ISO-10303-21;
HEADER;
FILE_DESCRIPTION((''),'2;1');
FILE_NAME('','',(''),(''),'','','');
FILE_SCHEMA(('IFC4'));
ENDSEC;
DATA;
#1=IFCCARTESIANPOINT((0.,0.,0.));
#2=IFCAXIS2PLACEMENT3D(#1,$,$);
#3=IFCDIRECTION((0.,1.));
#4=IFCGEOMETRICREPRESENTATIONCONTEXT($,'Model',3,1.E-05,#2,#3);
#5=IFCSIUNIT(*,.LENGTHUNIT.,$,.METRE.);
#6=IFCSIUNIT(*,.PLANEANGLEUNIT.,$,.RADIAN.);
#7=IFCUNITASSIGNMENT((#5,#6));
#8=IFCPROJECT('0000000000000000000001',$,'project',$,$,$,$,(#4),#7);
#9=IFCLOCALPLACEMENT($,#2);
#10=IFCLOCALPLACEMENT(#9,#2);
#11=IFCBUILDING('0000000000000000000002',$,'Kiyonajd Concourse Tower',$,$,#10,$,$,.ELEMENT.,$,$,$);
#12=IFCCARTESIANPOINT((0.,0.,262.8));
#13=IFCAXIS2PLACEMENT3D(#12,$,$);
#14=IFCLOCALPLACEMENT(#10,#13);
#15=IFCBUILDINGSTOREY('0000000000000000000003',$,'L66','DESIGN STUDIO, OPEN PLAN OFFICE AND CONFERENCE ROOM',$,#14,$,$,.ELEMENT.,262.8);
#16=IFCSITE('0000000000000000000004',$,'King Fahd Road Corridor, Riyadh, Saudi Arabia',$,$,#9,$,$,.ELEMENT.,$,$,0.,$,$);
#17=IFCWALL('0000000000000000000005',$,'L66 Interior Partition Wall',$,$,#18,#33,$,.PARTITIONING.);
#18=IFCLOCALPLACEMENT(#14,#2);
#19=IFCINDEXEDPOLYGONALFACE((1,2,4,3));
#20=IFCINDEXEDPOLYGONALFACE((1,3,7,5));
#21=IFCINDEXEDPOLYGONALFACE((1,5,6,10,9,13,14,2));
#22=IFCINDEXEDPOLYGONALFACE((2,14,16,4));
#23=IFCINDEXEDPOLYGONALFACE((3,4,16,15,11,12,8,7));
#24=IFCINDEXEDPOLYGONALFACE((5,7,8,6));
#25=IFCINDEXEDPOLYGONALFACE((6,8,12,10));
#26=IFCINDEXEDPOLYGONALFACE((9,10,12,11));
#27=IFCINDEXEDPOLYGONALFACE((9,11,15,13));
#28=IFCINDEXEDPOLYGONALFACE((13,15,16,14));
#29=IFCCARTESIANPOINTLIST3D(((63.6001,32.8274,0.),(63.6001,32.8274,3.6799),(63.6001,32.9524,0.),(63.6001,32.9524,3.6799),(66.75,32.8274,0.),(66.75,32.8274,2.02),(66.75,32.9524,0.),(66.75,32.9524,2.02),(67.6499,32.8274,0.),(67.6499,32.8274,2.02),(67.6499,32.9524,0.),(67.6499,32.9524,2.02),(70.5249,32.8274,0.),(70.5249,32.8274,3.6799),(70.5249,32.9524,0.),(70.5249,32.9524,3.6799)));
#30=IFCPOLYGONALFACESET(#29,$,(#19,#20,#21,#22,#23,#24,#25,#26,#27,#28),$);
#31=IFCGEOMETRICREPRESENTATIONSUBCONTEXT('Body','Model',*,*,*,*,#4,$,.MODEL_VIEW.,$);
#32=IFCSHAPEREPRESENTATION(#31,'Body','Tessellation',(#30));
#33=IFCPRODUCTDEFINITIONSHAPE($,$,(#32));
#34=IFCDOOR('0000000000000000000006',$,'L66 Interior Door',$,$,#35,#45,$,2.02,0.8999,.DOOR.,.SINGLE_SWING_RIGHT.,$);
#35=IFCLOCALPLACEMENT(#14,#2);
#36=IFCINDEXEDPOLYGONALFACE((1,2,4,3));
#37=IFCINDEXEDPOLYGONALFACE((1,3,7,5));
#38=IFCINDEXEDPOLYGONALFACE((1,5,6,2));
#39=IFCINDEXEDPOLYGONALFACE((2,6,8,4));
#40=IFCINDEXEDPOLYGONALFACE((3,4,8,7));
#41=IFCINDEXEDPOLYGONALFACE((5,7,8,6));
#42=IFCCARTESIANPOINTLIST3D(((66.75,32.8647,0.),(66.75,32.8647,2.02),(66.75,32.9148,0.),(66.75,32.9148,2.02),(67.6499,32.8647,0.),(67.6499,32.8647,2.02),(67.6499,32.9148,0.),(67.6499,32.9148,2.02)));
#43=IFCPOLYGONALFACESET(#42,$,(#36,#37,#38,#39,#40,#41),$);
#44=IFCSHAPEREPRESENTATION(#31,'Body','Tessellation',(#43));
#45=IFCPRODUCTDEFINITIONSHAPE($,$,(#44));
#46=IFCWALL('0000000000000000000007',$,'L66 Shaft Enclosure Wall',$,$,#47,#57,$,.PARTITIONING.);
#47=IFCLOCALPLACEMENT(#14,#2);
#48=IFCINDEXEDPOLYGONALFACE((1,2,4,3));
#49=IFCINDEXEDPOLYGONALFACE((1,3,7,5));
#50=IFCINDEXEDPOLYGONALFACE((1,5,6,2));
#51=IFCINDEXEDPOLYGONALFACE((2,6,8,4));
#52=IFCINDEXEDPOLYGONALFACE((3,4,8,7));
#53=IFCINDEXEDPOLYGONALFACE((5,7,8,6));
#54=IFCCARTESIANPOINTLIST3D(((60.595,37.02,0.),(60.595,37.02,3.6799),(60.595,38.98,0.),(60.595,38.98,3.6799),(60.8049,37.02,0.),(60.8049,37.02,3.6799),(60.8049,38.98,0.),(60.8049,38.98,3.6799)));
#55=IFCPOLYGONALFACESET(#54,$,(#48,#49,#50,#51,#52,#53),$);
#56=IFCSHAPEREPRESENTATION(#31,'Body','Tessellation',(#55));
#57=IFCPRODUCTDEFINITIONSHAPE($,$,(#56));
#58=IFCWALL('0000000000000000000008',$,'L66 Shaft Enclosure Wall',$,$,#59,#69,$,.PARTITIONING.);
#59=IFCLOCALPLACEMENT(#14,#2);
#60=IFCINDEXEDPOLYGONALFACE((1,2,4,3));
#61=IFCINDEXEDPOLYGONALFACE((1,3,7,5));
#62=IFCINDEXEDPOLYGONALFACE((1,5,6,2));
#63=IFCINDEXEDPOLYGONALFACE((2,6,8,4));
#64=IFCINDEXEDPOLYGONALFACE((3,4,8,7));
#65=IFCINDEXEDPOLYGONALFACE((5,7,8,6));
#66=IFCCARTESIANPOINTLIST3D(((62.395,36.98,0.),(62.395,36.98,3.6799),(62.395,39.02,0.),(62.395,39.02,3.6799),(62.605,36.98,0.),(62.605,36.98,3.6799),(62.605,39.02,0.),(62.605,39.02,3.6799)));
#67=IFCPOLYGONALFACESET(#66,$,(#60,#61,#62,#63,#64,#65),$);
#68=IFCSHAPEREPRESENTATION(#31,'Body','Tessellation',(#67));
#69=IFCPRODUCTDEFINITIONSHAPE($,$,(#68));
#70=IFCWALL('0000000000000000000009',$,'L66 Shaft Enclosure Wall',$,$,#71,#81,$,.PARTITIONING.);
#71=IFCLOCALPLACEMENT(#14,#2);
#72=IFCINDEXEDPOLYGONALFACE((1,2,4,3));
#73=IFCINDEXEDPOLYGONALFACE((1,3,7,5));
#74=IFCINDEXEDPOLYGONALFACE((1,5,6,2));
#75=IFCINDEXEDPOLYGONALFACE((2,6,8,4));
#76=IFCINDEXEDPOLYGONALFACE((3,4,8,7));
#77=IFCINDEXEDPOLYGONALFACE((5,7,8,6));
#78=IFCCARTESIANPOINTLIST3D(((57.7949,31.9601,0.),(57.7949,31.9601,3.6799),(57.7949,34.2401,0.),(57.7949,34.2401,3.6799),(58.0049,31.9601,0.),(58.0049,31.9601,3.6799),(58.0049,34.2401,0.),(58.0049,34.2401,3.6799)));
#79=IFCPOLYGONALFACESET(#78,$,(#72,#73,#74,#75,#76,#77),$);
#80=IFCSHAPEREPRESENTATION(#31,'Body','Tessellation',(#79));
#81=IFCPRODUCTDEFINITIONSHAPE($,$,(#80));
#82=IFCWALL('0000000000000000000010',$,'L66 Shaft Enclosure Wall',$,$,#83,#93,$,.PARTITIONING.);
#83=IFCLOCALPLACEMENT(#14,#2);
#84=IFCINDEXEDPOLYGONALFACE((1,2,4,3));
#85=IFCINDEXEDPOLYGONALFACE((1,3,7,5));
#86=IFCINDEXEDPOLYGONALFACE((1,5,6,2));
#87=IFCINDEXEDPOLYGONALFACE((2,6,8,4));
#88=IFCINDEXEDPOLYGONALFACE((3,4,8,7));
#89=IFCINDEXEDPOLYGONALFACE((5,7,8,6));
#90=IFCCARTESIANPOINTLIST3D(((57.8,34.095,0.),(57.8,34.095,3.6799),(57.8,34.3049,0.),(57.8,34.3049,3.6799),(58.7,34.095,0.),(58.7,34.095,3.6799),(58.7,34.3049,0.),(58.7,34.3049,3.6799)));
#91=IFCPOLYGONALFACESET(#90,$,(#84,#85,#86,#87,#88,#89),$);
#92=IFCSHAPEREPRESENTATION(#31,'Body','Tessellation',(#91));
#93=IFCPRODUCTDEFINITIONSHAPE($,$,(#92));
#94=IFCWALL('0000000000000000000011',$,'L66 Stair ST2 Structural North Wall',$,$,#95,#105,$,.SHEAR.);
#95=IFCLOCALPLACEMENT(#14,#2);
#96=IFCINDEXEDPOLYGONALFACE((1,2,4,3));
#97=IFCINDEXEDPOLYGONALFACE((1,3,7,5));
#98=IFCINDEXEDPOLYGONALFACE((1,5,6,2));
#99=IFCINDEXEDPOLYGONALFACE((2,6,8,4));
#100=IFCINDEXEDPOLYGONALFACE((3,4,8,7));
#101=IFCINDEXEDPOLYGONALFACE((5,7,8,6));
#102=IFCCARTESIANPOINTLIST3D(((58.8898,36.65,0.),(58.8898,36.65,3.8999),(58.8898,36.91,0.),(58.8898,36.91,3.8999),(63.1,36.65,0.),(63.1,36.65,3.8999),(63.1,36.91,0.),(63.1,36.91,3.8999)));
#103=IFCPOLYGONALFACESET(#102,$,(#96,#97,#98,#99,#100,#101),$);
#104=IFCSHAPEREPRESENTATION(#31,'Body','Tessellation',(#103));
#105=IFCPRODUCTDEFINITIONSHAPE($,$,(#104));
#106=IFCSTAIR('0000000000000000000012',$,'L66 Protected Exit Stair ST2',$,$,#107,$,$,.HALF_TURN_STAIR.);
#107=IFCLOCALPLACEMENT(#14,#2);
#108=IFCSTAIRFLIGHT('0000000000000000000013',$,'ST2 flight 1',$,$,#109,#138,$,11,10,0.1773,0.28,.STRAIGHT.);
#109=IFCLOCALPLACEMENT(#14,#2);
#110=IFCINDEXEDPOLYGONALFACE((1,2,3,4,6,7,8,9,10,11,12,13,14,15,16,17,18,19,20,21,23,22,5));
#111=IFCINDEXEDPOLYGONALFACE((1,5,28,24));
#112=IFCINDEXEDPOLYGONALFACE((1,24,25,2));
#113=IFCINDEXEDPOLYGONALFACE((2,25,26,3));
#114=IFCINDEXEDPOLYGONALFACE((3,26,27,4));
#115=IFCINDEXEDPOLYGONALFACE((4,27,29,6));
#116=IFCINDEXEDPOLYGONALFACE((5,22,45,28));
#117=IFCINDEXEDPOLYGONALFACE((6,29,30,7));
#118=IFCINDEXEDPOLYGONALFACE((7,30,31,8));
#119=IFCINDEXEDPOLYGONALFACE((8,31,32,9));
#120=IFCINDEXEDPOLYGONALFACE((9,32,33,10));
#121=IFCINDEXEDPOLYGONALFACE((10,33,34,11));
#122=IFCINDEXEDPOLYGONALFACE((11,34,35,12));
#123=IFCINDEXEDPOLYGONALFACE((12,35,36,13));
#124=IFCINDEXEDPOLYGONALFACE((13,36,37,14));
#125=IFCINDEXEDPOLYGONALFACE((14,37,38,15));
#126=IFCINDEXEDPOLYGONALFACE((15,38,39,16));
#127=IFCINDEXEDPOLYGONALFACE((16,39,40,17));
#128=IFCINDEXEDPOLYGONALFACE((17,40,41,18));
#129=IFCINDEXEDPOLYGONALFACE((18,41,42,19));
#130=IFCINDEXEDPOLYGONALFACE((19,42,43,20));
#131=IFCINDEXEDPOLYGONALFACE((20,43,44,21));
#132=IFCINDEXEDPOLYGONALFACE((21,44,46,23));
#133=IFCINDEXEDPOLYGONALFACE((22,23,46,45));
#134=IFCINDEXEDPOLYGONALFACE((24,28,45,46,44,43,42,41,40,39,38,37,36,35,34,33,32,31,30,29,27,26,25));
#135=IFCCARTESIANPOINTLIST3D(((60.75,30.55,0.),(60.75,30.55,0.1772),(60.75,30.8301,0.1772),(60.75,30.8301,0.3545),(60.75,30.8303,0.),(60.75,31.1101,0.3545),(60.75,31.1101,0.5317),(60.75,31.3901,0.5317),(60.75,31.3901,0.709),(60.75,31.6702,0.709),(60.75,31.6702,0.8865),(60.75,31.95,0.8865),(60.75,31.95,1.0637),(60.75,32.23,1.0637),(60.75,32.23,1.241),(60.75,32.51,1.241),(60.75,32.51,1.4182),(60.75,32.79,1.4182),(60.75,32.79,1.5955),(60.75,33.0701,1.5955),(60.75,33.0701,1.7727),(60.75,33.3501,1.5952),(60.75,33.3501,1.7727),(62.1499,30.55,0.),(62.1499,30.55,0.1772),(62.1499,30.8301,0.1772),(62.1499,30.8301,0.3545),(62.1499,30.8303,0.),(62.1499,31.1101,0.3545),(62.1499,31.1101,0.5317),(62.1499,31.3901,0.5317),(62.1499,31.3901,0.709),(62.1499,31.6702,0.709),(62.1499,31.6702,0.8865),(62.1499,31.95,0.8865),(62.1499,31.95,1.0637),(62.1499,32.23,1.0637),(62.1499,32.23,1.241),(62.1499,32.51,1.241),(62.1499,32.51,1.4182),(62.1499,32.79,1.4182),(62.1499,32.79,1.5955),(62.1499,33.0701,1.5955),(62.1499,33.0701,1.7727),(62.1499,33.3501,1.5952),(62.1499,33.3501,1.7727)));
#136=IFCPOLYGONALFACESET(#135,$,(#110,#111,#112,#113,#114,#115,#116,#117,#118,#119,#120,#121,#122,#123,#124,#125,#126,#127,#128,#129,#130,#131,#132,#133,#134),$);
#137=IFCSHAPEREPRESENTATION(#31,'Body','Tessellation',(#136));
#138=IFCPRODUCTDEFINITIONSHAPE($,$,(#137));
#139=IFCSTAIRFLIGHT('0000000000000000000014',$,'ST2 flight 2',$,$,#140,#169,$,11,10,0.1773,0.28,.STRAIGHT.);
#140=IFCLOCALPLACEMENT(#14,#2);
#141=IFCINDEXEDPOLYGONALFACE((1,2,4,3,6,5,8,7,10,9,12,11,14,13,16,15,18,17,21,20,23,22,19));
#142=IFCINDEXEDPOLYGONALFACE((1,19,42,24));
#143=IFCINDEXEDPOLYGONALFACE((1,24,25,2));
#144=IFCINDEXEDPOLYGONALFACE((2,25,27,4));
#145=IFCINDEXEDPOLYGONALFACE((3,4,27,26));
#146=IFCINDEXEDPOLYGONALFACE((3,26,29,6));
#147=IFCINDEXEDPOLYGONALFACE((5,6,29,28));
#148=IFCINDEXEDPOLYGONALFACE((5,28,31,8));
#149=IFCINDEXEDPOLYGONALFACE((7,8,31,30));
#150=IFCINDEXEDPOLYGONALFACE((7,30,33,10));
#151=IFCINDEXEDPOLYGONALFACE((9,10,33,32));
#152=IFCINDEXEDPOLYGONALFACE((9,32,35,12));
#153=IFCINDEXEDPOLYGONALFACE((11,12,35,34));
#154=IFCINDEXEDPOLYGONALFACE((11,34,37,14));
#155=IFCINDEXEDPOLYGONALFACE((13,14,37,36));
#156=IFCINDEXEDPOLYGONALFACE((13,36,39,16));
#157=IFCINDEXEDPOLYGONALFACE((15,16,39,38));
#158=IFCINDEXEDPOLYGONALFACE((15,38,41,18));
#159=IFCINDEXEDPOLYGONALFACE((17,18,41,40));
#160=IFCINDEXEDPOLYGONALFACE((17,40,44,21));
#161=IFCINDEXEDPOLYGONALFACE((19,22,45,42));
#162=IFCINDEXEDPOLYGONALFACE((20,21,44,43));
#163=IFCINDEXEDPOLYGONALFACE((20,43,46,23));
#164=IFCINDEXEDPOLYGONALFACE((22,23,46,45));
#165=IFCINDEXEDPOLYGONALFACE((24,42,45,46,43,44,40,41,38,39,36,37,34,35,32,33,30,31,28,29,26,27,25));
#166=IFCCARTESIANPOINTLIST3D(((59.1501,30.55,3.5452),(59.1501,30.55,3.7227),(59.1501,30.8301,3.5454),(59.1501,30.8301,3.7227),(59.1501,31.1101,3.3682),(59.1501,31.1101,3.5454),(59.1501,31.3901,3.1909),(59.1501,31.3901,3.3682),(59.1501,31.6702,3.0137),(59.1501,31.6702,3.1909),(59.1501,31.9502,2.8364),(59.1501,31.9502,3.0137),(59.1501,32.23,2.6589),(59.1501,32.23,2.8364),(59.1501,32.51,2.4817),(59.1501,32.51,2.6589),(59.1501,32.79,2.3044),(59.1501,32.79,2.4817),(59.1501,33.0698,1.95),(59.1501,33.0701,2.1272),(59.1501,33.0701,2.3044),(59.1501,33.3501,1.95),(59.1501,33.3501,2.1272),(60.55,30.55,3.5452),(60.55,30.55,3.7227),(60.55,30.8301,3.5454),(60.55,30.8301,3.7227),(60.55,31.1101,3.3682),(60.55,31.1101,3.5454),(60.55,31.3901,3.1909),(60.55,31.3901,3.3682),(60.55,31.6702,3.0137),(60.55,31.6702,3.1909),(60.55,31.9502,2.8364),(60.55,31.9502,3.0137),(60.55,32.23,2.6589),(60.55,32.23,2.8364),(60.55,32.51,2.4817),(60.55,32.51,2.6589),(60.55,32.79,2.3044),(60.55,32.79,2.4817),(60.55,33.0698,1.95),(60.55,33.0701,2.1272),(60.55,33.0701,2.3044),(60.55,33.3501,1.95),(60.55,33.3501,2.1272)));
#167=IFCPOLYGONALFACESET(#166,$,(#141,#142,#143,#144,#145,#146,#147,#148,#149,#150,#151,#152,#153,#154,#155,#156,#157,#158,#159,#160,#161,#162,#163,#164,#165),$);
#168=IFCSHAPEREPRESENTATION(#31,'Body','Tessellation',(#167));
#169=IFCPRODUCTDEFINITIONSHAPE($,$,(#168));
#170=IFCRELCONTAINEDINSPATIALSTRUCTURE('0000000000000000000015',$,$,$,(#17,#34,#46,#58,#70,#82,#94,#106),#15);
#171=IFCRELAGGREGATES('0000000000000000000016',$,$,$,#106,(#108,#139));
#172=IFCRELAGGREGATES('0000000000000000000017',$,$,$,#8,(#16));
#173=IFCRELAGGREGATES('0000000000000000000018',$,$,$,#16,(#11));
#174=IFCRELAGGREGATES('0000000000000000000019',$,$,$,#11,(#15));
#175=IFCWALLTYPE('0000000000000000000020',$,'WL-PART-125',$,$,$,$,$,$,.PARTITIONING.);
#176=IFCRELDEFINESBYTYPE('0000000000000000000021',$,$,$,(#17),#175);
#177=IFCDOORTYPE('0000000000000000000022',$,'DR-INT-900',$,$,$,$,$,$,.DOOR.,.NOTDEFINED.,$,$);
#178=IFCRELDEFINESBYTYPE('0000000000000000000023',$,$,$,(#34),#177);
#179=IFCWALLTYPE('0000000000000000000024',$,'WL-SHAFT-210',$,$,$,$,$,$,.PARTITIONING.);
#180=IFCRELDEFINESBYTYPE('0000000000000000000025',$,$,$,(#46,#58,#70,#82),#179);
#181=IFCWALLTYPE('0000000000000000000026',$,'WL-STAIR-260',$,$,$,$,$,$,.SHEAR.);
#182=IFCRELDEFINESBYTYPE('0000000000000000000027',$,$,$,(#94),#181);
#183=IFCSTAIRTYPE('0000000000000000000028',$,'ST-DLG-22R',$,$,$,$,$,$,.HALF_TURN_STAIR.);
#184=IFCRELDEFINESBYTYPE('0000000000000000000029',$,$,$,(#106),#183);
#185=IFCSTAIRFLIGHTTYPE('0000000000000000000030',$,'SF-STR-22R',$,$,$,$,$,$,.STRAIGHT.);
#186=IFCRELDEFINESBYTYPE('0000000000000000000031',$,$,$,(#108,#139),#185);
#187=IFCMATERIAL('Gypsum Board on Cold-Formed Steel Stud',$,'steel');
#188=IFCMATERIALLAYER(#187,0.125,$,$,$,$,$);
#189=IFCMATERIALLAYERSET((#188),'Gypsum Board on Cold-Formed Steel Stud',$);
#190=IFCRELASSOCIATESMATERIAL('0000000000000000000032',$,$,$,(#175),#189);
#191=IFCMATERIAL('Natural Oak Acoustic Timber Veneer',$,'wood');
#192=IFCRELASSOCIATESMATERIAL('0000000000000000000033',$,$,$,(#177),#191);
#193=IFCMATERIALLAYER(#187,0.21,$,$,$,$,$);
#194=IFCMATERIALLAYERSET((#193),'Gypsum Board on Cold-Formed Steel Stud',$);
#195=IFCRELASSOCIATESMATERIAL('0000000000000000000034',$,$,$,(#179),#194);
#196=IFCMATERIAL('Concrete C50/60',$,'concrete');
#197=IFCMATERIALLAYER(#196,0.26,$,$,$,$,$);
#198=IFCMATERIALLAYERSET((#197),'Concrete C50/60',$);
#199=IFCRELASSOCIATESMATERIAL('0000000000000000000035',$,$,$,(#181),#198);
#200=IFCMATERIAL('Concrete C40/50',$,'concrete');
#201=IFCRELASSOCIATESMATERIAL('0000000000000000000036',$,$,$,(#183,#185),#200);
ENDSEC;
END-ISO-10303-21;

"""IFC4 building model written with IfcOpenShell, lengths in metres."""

from ifc_helpers import new_model, si_unit, direction, frame, frame_2d, origin, place, context, subcontext, project, spatial, polyline, rectangle, outline, extrude, material, layer, layer_set, type_object, element, fill, aggregate, save


model = new_model("IFC4")

# Units and contexts
model_context = context("Model", 3, precision=1e-05, world=origin(), true_north=direction((0.0, 1.0)))
body_context = subcontext(model_context, "Body", "Model", "MODEL_VIEW")
ifc_project = project(units=[si_unit("LENGTHUNIT", "METRE"), si_unit("PLANEANGLEUNIT", "RADIAN")], contexts=[model_context])

# Site, building, storey
site_placement = place(None, origin())
site = spatial("IfcSite", under=ifc_project, at=site_placement, Name="King Fahd Road Corridor, Riyadh, Saudi Arabia", CompositionType="ELEMENT", RefElevation=0.0)
building_placement = place(site_placement, origin())
building = spatial("IfcBuilding", under=site, at=building_placement, Name="Kiyonajd Concourse Tower", CompositionType="ELEMENT")
storey_placement = place(building_placement, frame((0.0, 0.0, 262.8)))
storey = spatial("IfcBuildingStorey", under=building, at=storey_placement, Name="L66", Description="DESIGN STUDIO, OPEN PLAN OFFICE AND CONFERENCE ROOM", CompositionType="ELEMENT", Elevation=262.8)

# Shared definitions
ifc_material_1 = material(Name="Concrete C50/60", Category="concrete")

# Wall, opening, door
ifc_material_2 = material(Name="Gypsum Board on Cold-Formed Steel Stud", Category="steel")
ifc_layer_1 = layer(ifc_material_2, 0.125)
ifc_layer_set_1 = layer_set([ifc_layer_1], Name="Gypsum Board on Cold-Formed Steel Stud")
wall_type_1 = type_object("IfcWallType", Name="WL-PART-125", PredefinedType="PARTITIONING", material=ifc_layer_set_1)
wall_1_placement = place(storey_placement, frame((63.6001, 32.8899, 0.0), z_axis=(0.0, 0.0, 1.0), x_axis=(1.0, 0.0, 0.0)))
wall_1 = element("IfcWall", 1, at=wall_1_placement, inside=storey, type_object=wall_type_1, Name="L66 Interior Partition Wall", PredefinedType="PARTITIONING", context=body_context, shape_type="SweptSolid", body=[
    extrude(rectangle(XDim=6.9248, YDim=0.125, at=frame_2d((3.4624, 0.0))), origin(), (0.0, 0.0, 1.0), 3.6799),
])
opening_1_placement = place(wall_1_placement, frame((3.1499, 0.0, 0.0)))
opening_1 = element("IfcOpeningElement", 2, at=opening_1_placement, cuts=wall_1, PredefinedType="OPENING", context=body_context, shape_type="SweptSolid", body=[
    extrude(rectangle(XDim=0.8999, YDim=2.02, at=frame_2d((0.45, 1.01))), frame((0.0, 0.0725, 0.0), z_axis=(0.0, -1.0, 0.0), x_axis=(1.0, 0.0, 0.0)), (0.0, 0.0, 1.0), 0.145),
])
ifc_material_3 = material(Name="Natural Oak Acoustic Timber Veneer", Category="wood")
door_type = type_object("IfcDoorType", Name="DR-INT-900", OperationType="NOTDEFINED", PredefinedType="DOOR", material=ifc_material_3)
door_placement = place(opening_1_placement, origin())
door = element("IfcDoor", 3, at=door_placement, inside=storey, type_object=door_type, Name="L66 Interior Door", OperationType="SINGLE_SWING_RIGHT", OverallHeight=2.02, OverallWidth=0.8999, PredefinedType="DOOR", context=body_context, shape_type="SweptSolid", body=[
    extrude(rectangle(XDim=0.8999, YDim=2.02, at=frame_2d((0.45, 1.01))), frame((0.0, 0.0249, 0.0), z_axis=(0.0, -1.0, 0.0), x_axis=(1.0, 0.0, 0.0)), (0.0, 0.0, 1.0), 0.05),
])
fill(opening_1, door)

# Walls
ifc_layer_2 = layer(ifc_material_2, 0.21)
ifc_layer_set_2 = layer_set([ifc_layer_2], Name="Gypsum Board on Cold-Formed Steel Stud")
wall_type_2 = type_object("IfcWallType", Name="WL-SHAFT-210", PredefinedType="PARTITIONING", material=ifc_layer_set_2)
wall_2_placement = place(storey_placement, frame((60.7, 37.02, 0.0), z_axis=(0.0, 0.0, 1.0), x_axis=(0.0, 1.0, 0.0)))
element("IfcWall", 4, at=wall_2_placement, inside=storey, type_object=wall_type_2, Name="L66 Shaft Enclosure Wall", PredefinedType="PARTITIONING", context=body_context, shape_type="SweptSolid", body=[
    extrude(rectangle(XDim=1.96, YDim=0.21, at=frame_2d((0.98, 0.0))), origin(), (0.0, 0.0, 1.0), 3.6799),
])
wall_3_placement = place(storey_placement, frame((62.5, 36.98, 0.0), z_axis=(0.0, 0.0, 1.0), x_axis=(0.0, 1.0, 0.0)))
element("IfcWall", 5, at=wall_3_placement, inside=storey, type_object=wall_type_2, Name="L66 Shaft Enclosure Wall", PredefinedType="PARTITIONING", context=body_context, shape_type="SweptSolid", body=[
    extrude(rectangle(XDim=2.04, YDim=0.21, at=frame_2d((1.02, 0.0))), origin(), (0.0, 0.0, 1.0), 3.6799),
])
wall_4_placement = place(storey_placement, frame((57.8999, 31.96, 0.0), z_axis=(0.0, 0.0, 1.0), x_axis=(0.0, 1.0, 0.0)))
element("IfcWall", 6, at=wall_4_placement, inside=storey, type_object=wall_type_2, Name="L66 Shaft Enclosure Wall", PredefinedType="PARTITIONING", context=body_context, shape_type="SweptSolid", body=[
    extrude(rectangle(XDim=2.28, YDim=0.21, at=frame_2d((1.1401, 0.0))), origin(), (0.0, 0.0, 1.0), 3.6799),
])
wall_5_placement = place(storey_placement, frame((57.8, 34.2, 0.0), z_axis=(0.0, 0.0, 1.0), x_axis=(1.0, 0.0, 0.0)))
element("IfcWall", 7, at=wall_5_placement, inside=storey, type_object=wall_type_2, Name="L66 Shaft Enclosure Wall", PredefinedType="PARTITIONING", context=body_context, shape_type="SweptSolid", body=[
    extrude(rectangle(XDim=0.8999, YDim=0.21, at=frame_2d((0.45, 0.0))), origin(), (0.0, 0.0, 1.0), 3.6799),
])
ifc_layer_3 = layer(ifc_material_1, 0.26)
ifc_layer_set_3 = layer_set([ifc_layer_3], Name="Concrete C50/60")
wall_type_3 = type_object("IfcWallType", Name="WL-STAIR-260", PredefinedType="SHEAR", material=ifc_layer_set_3)
wall_6_placement = place(storey_placement, frame((58.8899, 36.78, 0.0), z_axis=(0.0, 0.0, 1.0), x_axis=(1.0, 0.0, 0.0)))
element("IfcWall", 8, at=wall_6_placement, inside=storey, type_object=wall_type_3, Name="L66 Stair ST2 Structural North Wall", PredefinedType="SHEAR", context=body_context, shape_type="SweptSolid", body=[
    extrude(rectangle(XDim=4.2102, YDim=0.26, at=frame_2d((2.105, 0.0))), origin(), (0.0, 0.0, 1.0), 3.8999),
])

# Stair, stair flights
ifc_material_4 = material(Name="Concrete C40/50", Category="concrete")
stair_type = type_object("IfcStairType", Name="ST-DLG-22R", PredefinedType="HALF_TURN_STAIR", material=ifc_material_4)
stair_placement = place(storey_placement, origin())
stair = element("IfcStair", 9, at=stair_placement, inside=storey, type_object=stair_type, Name="L66 Protected Exit Stair ST2", PredefinedType="HALF_TURN_STAIR")
stair_flight_type = type_object("IfcStairFlightType", Name="SF-STR-22R", PredefinedType="STRAIGHT", material=ifc_material_4)
stair_flight_1_placement = place(storey_placement, frame((61.45, 30.55, 0.0), z_axis=(0.0, 0.0, 1.0), x_axis=(0.0, 1.0, 0.0)))
stair_flight_1 = element("IfcStairFlight", 10, at=stair_flight_1_placement, type_object=stair_flight_type, Name="ST2 flight 1", NumberOfRisers=11, NumberOfTreads=10, PredefinedType="STRAIGHT", RiserHeight=0.1773, TreadLength=0.28, context=body_context, shape_type="SweptSolid", body=[
    extrude(outline(polyline([(0.0, 0.0), (0.0, 0.1772), (0.28, 0.1772), (0.28, 0.3545), (0.5601, 0.3545), (0.5601, 0.5317), (0.8401, 0.5317), (0.8401, 0.709), (1.1201, 0.709), (1.1201, 0.8865), (1.3999, 0.8865), (1.3999, 1.0637), (1.6799, 1.0637), (1.6799, 1.241), (1.96, 1.241), (1.96, 1.4182), (2.24, 1.4182), (2.24, 1.5955), (2.52, 1.5955), (2.52, 1.7727), (2.8, 1.7727), (2.8, 1.95), (2.8, 1.5952), (0.2803, 0.0), (0.0, 0.0)])), frame((0.0, 0.7, 0.0), z_axis=(0.0, -1.0, 0.0), x_axis=(1.0, 0.0, 0.0)), (0.0, 0.0, 1.0), 1.3999),
])
stair_flight_2_placement = place(storey_placement, frame((59.8501, 33.3501, 1.95), z_axis=(0.0, 0.0, 1.0), x_axis=(0.0, -1.0, 0.0)))
stair_flight_2 = element("IfcStairFlight", 11, at=stair_flight_2_placement, type_object=stair_flight_type, Name="ST2 flight 2", NumberOfRisers=11, NumberOfTreads=10, PredefinedType="STRAIGHT", RiserHeight=0.1773, TreadLength=0.28, context=body_context, shape_type="SweptSolid", body=[
    extrude(outline(polyline([(0.0, 0.0), (0.0, 0.1772), (0.28, 0.1772), (0.28, 0.3545), (0.5601, 0.3545), (0.5601, 0.5317), (0.8401, 0.5317), (0.8401, 0.709), (1.1201, 0.709), (1.1201, 0.8865), (1.3999, 0.8865), (1.3999, 1.0637), (1.6799, 1.0637), (1.6799, 1.241), (1.96, 1.241), (1.96, 1.4182), (2.24, 1.4182), (2.24, 1.5955), (2.52, 1.5955), (2.52, 1.7727), (2.8, 1.7727), (2.8, 1.95), (2.8, 1.5952), (0.2803, 0.0), (0.0, 0.0)])), frame((0.0, 0.7, 0.0), z_axis=(0.0, -1.0, 0.0), x_axis=(1.0, 0.0, 0.0)), (0.0, 0.0, 1.0), 1.3999),
])
aggregate(stair, [stair_flight_1, stair_flight_2])

save(model, "model.ifc")
